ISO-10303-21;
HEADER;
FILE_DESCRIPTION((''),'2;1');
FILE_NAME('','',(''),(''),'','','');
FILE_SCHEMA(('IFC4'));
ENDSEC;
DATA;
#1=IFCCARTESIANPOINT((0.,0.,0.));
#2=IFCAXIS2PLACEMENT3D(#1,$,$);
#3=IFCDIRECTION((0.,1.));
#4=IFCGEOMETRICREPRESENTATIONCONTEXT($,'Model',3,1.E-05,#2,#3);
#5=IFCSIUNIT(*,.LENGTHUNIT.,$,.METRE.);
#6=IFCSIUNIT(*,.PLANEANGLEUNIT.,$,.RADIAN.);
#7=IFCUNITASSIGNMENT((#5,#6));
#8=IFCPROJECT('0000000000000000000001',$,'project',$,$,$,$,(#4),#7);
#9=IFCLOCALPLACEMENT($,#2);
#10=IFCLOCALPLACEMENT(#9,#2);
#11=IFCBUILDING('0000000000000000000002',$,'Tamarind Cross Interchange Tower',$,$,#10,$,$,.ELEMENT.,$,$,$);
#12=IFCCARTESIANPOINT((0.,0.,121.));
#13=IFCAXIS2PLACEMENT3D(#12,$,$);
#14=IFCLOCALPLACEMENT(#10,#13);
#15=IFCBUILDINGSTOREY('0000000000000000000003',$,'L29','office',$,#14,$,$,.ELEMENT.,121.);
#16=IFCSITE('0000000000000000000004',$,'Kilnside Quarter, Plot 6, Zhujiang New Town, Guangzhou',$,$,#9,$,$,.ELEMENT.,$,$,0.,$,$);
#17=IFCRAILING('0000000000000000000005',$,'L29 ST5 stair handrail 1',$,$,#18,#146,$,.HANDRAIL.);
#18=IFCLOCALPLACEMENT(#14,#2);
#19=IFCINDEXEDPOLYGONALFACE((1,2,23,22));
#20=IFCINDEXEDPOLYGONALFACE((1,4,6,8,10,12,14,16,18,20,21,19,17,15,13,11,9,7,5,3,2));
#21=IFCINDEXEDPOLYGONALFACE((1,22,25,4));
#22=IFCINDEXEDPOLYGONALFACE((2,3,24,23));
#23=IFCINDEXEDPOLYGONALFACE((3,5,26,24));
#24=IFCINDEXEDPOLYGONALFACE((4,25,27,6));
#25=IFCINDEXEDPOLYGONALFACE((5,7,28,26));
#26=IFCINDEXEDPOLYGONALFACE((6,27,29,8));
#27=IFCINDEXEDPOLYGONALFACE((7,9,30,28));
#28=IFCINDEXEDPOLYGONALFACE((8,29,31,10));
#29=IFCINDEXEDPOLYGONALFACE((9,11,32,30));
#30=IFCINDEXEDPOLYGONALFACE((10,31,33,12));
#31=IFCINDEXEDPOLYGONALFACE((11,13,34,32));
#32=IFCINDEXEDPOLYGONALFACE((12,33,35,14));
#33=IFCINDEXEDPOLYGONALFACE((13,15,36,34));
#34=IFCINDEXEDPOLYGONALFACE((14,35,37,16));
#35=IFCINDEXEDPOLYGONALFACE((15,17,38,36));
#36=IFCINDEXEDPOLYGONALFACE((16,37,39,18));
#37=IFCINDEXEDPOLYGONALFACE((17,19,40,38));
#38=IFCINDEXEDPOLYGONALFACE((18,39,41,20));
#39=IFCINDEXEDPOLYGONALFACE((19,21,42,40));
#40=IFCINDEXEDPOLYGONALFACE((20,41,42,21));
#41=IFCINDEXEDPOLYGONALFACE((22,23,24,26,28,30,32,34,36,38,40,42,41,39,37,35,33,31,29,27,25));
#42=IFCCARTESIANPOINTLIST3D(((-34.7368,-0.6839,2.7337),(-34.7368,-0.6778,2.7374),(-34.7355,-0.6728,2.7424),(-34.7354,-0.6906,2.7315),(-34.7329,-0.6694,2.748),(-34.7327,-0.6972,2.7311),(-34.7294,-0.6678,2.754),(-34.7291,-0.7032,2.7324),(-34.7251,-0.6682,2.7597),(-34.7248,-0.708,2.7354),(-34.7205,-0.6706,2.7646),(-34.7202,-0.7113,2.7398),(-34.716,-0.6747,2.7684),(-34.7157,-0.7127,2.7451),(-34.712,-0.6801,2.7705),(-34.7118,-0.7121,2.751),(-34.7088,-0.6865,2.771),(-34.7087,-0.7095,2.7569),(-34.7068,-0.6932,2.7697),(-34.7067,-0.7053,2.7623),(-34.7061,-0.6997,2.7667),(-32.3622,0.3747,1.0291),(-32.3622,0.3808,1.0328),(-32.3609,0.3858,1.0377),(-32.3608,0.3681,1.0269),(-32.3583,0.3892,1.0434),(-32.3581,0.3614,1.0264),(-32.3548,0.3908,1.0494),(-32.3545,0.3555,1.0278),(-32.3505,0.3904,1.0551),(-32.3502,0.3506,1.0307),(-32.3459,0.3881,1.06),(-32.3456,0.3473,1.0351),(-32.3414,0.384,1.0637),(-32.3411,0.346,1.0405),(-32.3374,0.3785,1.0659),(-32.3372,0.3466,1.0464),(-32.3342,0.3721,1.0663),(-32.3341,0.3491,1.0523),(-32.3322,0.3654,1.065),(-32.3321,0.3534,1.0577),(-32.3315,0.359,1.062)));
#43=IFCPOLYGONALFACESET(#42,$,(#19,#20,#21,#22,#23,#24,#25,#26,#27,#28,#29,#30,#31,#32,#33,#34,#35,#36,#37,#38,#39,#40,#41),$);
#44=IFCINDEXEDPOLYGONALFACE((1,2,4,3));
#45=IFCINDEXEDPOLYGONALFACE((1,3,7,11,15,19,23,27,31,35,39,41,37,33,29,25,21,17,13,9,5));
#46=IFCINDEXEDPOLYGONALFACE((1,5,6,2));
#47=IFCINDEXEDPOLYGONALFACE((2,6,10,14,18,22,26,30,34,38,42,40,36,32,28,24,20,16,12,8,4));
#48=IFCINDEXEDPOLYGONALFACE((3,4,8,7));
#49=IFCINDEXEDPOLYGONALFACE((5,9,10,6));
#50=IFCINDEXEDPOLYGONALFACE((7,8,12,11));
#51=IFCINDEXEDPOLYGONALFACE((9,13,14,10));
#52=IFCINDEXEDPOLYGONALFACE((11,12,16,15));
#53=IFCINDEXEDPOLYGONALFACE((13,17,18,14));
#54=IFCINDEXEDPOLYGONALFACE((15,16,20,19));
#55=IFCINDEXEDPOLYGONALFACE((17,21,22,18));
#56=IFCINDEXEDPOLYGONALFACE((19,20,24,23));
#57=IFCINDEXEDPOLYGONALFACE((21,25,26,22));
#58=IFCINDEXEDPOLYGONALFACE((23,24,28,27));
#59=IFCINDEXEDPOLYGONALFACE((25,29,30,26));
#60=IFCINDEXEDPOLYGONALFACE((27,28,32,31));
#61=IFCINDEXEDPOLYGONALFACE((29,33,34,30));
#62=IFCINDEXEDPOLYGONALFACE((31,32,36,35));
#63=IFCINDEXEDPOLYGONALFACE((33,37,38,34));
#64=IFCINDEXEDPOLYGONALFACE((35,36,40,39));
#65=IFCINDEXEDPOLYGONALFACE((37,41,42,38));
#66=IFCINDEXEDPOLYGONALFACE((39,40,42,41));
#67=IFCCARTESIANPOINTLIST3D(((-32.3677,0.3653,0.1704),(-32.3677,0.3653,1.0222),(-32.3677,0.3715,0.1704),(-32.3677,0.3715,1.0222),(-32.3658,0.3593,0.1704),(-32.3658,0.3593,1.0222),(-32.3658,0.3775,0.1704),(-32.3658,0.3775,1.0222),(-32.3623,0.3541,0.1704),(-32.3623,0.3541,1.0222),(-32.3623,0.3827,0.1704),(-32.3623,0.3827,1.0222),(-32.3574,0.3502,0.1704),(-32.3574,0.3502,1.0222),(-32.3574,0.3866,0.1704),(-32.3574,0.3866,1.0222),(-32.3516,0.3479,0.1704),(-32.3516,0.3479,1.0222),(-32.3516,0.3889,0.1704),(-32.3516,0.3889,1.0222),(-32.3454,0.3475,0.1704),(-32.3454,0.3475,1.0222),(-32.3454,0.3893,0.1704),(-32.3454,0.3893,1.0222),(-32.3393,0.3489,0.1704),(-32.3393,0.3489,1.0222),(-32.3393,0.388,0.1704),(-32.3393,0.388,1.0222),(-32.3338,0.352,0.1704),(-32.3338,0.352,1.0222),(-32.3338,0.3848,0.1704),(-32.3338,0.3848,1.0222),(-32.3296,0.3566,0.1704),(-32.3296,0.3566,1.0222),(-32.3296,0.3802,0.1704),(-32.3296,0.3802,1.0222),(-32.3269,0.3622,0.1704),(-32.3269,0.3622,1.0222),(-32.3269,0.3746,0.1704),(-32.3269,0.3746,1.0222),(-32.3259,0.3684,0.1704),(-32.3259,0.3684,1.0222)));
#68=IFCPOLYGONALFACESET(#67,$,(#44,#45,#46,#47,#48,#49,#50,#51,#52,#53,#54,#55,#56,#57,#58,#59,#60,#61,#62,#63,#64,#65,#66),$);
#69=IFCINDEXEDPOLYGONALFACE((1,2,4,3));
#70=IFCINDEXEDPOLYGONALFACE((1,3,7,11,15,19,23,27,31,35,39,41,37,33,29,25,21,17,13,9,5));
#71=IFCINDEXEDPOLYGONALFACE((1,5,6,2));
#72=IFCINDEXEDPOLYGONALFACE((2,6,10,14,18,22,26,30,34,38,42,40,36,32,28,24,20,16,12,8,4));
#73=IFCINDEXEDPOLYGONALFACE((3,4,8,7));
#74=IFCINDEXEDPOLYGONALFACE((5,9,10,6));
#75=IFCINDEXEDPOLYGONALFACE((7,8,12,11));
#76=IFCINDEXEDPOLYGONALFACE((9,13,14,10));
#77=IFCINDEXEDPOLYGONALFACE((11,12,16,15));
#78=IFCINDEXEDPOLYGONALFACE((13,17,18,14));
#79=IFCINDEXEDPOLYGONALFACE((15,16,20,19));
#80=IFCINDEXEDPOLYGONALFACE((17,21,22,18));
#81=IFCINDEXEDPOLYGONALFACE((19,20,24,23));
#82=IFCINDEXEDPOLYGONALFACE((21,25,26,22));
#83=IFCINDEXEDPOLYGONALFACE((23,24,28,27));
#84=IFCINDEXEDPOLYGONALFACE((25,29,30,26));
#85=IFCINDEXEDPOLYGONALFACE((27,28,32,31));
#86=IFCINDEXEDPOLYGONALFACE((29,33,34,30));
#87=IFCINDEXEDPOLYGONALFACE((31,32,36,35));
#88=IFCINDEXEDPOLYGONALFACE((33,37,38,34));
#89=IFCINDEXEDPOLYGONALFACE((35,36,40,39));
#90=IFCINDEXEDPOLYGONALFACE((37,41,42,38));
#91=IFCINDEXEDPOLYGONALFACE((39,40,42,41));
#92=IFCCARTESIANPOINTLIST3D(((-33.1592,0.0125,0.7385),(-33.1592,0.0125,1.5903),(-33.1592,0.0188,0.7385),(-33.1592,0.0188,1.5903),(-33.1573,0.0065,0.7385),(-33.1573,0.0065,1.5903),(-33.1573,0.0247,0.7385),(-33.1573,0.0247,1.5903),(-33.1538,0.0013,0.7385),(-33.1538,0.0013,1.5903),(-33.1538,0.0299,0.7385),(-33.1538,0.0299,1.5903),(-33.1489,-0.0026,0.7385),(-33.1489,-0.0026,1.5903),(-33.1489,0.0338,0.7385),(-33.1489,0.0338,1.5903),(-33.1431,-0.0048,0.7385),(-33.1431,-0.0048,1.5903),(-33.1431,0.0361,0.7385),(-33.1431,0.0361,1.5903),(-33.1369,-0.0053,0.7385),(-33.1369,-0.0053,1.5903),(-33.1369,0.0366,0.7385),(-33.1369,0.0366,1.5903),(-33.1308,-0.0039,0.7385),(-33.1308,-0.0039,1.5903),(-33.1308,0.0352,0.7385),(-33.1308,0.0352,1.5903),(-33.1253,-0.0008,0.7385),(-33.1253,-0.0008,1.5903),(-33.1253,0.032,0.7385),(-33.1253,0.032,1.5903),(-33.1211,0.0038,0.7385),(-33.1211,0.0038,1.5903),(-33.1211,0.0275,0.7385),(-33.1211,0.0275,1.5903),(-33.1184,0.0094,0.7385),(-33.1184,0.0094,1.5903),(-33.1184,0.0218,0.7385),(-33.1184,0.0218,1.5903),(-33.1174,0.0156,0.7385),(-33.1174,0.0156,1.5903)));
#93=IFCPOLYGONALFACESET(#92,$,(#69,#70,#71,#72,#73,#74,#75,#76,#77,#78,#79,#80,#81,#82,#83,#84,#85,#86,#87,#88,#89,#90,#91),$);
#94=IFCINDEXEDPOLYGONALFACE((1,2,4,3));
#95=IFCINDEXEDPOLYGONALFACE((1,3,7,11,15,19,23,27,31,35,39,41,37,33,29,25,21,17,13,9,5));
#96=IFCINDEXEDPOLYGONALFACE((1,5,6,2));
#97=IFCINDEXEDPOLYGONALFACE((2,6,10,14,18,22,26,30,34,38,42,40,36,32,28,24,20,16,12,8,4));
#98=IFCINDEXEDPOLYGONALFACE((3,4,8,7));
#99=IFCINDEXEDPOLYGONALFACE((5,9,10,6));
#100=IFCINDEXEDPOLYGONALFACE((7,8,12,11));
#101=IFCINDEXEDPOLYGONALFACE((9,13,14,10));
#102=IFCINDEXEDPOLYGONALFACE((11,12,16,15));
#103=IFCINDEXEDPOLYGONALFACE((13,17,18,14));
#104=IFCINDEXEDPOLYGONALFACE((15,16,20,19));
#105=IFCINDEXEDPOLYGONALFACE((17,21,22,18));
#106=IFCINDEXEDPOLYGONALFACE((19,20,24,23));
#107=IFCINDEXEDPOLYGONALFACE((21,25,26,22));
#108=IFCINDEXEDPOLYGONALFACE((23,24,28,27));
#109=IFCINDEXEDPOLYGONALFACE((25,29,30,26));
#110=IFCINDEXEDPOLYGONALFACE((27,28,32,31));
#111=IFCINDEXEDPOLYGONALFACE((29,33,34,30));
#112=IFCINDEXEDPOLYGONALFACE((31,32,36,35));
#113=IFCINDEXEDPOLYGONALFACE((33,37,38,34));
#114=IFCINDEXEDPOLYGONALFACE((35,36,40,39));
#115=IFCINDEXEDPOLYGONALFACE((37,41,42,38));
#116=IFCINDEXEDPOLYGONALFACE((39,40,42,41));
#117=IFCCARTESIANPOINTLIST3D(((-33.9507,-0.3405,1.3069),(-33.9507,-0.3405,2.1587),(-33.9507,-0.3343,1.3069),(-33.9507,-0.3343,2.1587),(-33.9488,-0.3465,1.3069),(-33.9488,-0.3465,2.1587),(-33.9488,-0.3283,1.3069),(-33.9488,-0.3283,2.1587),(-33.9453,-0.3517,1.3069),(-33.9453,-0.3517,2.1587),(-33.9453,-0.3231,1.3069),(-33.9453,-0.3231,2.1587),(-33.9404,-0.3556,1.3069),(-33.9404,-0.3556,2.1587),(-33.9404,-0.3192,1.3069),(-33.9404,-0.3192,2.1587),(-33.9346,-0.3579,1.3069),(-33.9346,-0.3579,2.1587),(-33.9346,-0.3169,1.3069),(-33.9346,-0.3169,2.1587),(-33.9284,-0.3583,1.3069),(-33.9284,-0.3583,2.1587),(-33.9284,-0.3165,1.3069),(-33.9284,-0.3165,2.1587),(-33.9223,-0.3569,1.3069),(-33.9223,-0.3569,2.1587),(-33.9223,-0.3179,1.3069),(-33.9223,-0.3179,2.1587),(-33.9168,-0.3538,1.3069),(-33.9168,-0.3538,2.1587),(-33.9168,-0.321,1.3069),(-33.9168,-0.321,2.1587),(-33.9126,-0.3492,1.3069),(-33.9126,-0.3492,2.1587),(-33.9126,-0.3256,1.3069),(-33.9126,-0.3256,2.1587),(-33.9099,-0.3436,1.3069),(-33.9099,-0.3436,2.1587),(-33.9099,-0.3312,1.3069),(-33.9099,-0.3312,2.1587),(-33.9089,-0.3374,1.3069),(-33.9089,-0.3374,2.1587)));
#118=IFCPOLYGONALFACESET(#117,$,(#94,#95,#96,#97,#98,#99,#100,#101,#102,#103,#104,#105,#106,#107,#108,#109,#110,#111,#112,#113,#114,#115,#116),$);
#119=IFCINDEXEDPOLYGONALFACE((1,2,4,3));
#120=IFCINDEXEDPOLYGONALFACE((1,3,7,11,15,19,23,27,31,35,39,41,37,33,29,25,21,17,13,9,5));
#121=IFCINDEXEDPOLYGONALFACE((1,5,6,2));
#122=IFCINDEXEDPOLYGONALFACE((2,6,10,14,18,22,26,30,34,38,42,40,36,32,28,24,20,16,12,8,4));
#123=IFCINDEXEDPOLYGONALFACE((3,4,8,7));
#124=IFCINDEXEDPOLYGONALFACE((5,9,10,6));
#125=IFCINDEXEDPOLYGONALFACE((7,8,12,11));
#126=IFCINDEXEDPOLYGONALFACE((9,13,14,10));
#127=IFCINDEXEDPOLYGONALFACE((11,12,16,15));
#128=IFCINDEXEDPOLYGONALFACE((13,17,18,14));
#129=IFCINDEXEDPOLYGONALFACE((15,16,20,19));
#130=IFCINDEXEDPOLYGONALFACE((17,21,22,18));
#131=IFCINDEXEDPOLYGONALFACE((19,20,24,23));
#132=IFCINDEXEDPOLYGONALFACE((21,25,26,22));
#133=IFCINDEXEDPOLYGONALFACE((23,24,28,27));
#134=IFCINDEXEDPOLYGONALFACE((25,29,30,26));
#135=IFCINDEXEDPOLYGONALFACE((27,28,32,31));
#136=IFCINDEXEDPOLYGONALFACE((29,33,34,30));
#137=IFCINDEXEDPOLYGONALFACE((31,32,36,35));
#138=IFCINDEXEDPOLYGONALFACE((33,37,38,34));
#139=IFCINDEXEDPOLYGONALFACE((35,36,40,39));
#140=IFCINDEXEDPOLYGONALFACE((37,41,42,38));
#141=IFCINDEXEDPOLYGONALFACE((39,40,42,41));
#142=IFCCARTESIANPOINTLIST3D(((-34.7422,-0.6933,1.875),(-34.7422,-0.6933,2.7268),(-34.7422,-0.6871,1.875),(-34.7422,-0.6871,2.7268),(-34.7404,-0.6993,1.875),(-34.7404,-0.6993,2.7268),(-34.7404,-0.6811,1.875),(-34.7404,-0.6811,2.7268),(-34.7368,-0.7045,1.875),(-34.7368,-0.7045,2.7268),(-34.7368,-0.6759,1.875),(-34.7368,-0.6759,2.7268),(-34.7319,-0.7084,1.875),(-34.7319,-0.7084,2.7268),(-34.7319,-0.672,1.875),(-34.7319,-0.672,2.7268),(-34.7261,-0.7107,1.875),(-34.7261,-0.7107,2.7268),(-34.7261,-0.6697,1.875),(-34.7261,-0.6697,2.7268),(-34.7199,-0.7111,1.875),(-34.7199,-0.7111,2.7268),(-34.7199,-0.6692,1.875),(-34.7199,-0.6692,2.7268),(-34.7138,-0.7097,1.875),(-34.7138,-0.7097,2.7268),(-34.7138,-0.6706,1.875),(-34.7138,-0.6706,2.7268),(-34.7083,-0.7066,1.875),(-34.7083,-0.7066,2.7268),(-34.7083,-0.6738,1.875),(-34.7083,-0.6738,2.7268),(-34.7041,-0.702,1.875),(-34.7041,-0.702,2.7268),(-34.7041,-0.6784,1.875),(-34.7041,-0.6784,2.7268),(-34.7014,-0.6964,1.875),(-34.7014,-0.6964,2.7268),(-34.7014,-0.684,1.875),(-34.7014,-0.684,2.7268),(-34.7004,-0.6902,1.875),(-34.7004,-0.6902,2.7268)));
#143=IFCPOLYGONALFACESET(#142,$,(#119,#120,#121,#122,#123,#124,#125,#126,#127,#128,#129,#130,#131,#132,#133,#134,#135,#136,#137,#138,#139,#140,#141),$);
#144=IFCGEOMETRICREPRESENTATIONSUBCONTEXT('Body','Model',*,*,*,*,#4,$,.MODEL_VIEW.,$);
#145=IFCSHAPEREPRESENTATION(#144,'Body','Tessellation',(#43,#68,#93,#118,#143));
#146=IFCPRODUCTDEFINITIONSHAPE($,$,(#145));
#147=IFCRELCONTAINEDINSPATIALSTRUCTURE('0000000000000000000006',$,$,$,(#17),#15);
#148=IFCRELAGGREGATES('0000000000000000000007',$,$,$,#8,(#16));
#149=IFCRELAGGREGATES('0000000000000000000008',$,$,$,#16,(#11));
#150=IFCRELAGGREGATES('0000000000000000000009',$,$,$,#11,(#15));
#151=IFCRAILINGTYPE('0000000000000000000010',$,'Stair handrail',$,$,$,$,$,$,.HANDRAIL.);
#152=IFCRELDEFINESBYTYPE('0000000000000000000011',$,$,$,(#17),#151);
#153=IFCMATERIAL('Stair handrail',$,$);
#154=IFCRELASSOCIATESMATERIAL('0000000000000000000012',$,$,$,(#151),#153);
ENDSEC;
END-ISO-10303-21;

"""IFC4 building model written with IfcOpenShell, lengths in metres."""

from ifc_helpers import new_model, si_unit, direction, frame, origin, origin_2d, place, context, subcontext, project, spatial, circle, extrude, material, type_object, element, save


model = new_model("IFC4")

# Units and contexts
model_context = context("Model", 3, precision=1e-05, world=origin(), true_north=direction((0.0, 1.0)))
body_context = subcontext(model_context, "Body", "Model", "MODEL_VIEW")
ifc_project = project(units=[si_unit("LENGTHUNIT", "METRE"), si_unit("PLANEANGLEUNIT", "RADIAN")], contexts=[model_context])

# Site, building, storey
site_placement = place(None, origin())
site = spatial("IfcSite", under=ifc_project, at=site_placement, Name="Kilnside Quarter, Plot 6, Zhujiang New Town, Guangzhou", CompositionType="ELEMENT", RefElevation=0.0)
building_placement = place(site_placement, origin())
building = spatial("IfcBuilding", under=site, at=building_placement, Name="Tamarind Cross Interchange Tower", CompositionType="ELEMENT")
storey_placement = place(building_placement, frame((0.0, 0.0, 121.0)))
storey = spatial("IfcBuildingStorey", under=building, at=storey_placement, Name="L29", Description="office", CompositionType="ELEMENT", Elevation=121.0)

# Railing
ifc_material_1 = material(Name="Stair handrail")
railing_type = type_object("IfcRailingType", Name="Stair handrail", PredefinedType="HANDRAIL", material=ifc_material_1)
railing_placement = place(storey_placement, frame((-32.3469, 0.3684, 0.1704)))
element("IfcRailing", 1, at=railing_placement, inside=storey, type_object=railing_type, Name="L29 ST5 stair handrail 1", PredefinedType="HANDRAIL", context=body_context, shape_type="SweptSolid", body=[
    extrude(circle(Radius=0.0239, at=origin_2d()), frame((0.0, 0.0, 0.876), z_axis=(-0.763807, -0.340517, 0.548314), x_axis=(0.407184, -0.913346, 0.0)), (0.0, 0.0, 1.0), 3.1089),
    extrude(circle(Radius=0.021, at=origin_2d()), origin(), (0.0, 0.0, 1.0), 0.8518),
    extrude(circle(Radius=0.021, at=origin_2d()), frame((-0.7915, -0.3528, 0.5681)), (0.0, 0.0, 1.0), 0.8518),
    extrude(circle(Radius=0.021, at=origin_2d()), frame((-1.583, -0.7058, 1.1365)), (0.0, 0.0, 1.0), 0.8518),
    extrude(circle(Radius=0.021, at=origin_2d()), frame((-2.3745, -1.0586, 1.7046)), (0.0, 0.0, 1.0), 0.8518),
])

save(model, "model.ifc")
